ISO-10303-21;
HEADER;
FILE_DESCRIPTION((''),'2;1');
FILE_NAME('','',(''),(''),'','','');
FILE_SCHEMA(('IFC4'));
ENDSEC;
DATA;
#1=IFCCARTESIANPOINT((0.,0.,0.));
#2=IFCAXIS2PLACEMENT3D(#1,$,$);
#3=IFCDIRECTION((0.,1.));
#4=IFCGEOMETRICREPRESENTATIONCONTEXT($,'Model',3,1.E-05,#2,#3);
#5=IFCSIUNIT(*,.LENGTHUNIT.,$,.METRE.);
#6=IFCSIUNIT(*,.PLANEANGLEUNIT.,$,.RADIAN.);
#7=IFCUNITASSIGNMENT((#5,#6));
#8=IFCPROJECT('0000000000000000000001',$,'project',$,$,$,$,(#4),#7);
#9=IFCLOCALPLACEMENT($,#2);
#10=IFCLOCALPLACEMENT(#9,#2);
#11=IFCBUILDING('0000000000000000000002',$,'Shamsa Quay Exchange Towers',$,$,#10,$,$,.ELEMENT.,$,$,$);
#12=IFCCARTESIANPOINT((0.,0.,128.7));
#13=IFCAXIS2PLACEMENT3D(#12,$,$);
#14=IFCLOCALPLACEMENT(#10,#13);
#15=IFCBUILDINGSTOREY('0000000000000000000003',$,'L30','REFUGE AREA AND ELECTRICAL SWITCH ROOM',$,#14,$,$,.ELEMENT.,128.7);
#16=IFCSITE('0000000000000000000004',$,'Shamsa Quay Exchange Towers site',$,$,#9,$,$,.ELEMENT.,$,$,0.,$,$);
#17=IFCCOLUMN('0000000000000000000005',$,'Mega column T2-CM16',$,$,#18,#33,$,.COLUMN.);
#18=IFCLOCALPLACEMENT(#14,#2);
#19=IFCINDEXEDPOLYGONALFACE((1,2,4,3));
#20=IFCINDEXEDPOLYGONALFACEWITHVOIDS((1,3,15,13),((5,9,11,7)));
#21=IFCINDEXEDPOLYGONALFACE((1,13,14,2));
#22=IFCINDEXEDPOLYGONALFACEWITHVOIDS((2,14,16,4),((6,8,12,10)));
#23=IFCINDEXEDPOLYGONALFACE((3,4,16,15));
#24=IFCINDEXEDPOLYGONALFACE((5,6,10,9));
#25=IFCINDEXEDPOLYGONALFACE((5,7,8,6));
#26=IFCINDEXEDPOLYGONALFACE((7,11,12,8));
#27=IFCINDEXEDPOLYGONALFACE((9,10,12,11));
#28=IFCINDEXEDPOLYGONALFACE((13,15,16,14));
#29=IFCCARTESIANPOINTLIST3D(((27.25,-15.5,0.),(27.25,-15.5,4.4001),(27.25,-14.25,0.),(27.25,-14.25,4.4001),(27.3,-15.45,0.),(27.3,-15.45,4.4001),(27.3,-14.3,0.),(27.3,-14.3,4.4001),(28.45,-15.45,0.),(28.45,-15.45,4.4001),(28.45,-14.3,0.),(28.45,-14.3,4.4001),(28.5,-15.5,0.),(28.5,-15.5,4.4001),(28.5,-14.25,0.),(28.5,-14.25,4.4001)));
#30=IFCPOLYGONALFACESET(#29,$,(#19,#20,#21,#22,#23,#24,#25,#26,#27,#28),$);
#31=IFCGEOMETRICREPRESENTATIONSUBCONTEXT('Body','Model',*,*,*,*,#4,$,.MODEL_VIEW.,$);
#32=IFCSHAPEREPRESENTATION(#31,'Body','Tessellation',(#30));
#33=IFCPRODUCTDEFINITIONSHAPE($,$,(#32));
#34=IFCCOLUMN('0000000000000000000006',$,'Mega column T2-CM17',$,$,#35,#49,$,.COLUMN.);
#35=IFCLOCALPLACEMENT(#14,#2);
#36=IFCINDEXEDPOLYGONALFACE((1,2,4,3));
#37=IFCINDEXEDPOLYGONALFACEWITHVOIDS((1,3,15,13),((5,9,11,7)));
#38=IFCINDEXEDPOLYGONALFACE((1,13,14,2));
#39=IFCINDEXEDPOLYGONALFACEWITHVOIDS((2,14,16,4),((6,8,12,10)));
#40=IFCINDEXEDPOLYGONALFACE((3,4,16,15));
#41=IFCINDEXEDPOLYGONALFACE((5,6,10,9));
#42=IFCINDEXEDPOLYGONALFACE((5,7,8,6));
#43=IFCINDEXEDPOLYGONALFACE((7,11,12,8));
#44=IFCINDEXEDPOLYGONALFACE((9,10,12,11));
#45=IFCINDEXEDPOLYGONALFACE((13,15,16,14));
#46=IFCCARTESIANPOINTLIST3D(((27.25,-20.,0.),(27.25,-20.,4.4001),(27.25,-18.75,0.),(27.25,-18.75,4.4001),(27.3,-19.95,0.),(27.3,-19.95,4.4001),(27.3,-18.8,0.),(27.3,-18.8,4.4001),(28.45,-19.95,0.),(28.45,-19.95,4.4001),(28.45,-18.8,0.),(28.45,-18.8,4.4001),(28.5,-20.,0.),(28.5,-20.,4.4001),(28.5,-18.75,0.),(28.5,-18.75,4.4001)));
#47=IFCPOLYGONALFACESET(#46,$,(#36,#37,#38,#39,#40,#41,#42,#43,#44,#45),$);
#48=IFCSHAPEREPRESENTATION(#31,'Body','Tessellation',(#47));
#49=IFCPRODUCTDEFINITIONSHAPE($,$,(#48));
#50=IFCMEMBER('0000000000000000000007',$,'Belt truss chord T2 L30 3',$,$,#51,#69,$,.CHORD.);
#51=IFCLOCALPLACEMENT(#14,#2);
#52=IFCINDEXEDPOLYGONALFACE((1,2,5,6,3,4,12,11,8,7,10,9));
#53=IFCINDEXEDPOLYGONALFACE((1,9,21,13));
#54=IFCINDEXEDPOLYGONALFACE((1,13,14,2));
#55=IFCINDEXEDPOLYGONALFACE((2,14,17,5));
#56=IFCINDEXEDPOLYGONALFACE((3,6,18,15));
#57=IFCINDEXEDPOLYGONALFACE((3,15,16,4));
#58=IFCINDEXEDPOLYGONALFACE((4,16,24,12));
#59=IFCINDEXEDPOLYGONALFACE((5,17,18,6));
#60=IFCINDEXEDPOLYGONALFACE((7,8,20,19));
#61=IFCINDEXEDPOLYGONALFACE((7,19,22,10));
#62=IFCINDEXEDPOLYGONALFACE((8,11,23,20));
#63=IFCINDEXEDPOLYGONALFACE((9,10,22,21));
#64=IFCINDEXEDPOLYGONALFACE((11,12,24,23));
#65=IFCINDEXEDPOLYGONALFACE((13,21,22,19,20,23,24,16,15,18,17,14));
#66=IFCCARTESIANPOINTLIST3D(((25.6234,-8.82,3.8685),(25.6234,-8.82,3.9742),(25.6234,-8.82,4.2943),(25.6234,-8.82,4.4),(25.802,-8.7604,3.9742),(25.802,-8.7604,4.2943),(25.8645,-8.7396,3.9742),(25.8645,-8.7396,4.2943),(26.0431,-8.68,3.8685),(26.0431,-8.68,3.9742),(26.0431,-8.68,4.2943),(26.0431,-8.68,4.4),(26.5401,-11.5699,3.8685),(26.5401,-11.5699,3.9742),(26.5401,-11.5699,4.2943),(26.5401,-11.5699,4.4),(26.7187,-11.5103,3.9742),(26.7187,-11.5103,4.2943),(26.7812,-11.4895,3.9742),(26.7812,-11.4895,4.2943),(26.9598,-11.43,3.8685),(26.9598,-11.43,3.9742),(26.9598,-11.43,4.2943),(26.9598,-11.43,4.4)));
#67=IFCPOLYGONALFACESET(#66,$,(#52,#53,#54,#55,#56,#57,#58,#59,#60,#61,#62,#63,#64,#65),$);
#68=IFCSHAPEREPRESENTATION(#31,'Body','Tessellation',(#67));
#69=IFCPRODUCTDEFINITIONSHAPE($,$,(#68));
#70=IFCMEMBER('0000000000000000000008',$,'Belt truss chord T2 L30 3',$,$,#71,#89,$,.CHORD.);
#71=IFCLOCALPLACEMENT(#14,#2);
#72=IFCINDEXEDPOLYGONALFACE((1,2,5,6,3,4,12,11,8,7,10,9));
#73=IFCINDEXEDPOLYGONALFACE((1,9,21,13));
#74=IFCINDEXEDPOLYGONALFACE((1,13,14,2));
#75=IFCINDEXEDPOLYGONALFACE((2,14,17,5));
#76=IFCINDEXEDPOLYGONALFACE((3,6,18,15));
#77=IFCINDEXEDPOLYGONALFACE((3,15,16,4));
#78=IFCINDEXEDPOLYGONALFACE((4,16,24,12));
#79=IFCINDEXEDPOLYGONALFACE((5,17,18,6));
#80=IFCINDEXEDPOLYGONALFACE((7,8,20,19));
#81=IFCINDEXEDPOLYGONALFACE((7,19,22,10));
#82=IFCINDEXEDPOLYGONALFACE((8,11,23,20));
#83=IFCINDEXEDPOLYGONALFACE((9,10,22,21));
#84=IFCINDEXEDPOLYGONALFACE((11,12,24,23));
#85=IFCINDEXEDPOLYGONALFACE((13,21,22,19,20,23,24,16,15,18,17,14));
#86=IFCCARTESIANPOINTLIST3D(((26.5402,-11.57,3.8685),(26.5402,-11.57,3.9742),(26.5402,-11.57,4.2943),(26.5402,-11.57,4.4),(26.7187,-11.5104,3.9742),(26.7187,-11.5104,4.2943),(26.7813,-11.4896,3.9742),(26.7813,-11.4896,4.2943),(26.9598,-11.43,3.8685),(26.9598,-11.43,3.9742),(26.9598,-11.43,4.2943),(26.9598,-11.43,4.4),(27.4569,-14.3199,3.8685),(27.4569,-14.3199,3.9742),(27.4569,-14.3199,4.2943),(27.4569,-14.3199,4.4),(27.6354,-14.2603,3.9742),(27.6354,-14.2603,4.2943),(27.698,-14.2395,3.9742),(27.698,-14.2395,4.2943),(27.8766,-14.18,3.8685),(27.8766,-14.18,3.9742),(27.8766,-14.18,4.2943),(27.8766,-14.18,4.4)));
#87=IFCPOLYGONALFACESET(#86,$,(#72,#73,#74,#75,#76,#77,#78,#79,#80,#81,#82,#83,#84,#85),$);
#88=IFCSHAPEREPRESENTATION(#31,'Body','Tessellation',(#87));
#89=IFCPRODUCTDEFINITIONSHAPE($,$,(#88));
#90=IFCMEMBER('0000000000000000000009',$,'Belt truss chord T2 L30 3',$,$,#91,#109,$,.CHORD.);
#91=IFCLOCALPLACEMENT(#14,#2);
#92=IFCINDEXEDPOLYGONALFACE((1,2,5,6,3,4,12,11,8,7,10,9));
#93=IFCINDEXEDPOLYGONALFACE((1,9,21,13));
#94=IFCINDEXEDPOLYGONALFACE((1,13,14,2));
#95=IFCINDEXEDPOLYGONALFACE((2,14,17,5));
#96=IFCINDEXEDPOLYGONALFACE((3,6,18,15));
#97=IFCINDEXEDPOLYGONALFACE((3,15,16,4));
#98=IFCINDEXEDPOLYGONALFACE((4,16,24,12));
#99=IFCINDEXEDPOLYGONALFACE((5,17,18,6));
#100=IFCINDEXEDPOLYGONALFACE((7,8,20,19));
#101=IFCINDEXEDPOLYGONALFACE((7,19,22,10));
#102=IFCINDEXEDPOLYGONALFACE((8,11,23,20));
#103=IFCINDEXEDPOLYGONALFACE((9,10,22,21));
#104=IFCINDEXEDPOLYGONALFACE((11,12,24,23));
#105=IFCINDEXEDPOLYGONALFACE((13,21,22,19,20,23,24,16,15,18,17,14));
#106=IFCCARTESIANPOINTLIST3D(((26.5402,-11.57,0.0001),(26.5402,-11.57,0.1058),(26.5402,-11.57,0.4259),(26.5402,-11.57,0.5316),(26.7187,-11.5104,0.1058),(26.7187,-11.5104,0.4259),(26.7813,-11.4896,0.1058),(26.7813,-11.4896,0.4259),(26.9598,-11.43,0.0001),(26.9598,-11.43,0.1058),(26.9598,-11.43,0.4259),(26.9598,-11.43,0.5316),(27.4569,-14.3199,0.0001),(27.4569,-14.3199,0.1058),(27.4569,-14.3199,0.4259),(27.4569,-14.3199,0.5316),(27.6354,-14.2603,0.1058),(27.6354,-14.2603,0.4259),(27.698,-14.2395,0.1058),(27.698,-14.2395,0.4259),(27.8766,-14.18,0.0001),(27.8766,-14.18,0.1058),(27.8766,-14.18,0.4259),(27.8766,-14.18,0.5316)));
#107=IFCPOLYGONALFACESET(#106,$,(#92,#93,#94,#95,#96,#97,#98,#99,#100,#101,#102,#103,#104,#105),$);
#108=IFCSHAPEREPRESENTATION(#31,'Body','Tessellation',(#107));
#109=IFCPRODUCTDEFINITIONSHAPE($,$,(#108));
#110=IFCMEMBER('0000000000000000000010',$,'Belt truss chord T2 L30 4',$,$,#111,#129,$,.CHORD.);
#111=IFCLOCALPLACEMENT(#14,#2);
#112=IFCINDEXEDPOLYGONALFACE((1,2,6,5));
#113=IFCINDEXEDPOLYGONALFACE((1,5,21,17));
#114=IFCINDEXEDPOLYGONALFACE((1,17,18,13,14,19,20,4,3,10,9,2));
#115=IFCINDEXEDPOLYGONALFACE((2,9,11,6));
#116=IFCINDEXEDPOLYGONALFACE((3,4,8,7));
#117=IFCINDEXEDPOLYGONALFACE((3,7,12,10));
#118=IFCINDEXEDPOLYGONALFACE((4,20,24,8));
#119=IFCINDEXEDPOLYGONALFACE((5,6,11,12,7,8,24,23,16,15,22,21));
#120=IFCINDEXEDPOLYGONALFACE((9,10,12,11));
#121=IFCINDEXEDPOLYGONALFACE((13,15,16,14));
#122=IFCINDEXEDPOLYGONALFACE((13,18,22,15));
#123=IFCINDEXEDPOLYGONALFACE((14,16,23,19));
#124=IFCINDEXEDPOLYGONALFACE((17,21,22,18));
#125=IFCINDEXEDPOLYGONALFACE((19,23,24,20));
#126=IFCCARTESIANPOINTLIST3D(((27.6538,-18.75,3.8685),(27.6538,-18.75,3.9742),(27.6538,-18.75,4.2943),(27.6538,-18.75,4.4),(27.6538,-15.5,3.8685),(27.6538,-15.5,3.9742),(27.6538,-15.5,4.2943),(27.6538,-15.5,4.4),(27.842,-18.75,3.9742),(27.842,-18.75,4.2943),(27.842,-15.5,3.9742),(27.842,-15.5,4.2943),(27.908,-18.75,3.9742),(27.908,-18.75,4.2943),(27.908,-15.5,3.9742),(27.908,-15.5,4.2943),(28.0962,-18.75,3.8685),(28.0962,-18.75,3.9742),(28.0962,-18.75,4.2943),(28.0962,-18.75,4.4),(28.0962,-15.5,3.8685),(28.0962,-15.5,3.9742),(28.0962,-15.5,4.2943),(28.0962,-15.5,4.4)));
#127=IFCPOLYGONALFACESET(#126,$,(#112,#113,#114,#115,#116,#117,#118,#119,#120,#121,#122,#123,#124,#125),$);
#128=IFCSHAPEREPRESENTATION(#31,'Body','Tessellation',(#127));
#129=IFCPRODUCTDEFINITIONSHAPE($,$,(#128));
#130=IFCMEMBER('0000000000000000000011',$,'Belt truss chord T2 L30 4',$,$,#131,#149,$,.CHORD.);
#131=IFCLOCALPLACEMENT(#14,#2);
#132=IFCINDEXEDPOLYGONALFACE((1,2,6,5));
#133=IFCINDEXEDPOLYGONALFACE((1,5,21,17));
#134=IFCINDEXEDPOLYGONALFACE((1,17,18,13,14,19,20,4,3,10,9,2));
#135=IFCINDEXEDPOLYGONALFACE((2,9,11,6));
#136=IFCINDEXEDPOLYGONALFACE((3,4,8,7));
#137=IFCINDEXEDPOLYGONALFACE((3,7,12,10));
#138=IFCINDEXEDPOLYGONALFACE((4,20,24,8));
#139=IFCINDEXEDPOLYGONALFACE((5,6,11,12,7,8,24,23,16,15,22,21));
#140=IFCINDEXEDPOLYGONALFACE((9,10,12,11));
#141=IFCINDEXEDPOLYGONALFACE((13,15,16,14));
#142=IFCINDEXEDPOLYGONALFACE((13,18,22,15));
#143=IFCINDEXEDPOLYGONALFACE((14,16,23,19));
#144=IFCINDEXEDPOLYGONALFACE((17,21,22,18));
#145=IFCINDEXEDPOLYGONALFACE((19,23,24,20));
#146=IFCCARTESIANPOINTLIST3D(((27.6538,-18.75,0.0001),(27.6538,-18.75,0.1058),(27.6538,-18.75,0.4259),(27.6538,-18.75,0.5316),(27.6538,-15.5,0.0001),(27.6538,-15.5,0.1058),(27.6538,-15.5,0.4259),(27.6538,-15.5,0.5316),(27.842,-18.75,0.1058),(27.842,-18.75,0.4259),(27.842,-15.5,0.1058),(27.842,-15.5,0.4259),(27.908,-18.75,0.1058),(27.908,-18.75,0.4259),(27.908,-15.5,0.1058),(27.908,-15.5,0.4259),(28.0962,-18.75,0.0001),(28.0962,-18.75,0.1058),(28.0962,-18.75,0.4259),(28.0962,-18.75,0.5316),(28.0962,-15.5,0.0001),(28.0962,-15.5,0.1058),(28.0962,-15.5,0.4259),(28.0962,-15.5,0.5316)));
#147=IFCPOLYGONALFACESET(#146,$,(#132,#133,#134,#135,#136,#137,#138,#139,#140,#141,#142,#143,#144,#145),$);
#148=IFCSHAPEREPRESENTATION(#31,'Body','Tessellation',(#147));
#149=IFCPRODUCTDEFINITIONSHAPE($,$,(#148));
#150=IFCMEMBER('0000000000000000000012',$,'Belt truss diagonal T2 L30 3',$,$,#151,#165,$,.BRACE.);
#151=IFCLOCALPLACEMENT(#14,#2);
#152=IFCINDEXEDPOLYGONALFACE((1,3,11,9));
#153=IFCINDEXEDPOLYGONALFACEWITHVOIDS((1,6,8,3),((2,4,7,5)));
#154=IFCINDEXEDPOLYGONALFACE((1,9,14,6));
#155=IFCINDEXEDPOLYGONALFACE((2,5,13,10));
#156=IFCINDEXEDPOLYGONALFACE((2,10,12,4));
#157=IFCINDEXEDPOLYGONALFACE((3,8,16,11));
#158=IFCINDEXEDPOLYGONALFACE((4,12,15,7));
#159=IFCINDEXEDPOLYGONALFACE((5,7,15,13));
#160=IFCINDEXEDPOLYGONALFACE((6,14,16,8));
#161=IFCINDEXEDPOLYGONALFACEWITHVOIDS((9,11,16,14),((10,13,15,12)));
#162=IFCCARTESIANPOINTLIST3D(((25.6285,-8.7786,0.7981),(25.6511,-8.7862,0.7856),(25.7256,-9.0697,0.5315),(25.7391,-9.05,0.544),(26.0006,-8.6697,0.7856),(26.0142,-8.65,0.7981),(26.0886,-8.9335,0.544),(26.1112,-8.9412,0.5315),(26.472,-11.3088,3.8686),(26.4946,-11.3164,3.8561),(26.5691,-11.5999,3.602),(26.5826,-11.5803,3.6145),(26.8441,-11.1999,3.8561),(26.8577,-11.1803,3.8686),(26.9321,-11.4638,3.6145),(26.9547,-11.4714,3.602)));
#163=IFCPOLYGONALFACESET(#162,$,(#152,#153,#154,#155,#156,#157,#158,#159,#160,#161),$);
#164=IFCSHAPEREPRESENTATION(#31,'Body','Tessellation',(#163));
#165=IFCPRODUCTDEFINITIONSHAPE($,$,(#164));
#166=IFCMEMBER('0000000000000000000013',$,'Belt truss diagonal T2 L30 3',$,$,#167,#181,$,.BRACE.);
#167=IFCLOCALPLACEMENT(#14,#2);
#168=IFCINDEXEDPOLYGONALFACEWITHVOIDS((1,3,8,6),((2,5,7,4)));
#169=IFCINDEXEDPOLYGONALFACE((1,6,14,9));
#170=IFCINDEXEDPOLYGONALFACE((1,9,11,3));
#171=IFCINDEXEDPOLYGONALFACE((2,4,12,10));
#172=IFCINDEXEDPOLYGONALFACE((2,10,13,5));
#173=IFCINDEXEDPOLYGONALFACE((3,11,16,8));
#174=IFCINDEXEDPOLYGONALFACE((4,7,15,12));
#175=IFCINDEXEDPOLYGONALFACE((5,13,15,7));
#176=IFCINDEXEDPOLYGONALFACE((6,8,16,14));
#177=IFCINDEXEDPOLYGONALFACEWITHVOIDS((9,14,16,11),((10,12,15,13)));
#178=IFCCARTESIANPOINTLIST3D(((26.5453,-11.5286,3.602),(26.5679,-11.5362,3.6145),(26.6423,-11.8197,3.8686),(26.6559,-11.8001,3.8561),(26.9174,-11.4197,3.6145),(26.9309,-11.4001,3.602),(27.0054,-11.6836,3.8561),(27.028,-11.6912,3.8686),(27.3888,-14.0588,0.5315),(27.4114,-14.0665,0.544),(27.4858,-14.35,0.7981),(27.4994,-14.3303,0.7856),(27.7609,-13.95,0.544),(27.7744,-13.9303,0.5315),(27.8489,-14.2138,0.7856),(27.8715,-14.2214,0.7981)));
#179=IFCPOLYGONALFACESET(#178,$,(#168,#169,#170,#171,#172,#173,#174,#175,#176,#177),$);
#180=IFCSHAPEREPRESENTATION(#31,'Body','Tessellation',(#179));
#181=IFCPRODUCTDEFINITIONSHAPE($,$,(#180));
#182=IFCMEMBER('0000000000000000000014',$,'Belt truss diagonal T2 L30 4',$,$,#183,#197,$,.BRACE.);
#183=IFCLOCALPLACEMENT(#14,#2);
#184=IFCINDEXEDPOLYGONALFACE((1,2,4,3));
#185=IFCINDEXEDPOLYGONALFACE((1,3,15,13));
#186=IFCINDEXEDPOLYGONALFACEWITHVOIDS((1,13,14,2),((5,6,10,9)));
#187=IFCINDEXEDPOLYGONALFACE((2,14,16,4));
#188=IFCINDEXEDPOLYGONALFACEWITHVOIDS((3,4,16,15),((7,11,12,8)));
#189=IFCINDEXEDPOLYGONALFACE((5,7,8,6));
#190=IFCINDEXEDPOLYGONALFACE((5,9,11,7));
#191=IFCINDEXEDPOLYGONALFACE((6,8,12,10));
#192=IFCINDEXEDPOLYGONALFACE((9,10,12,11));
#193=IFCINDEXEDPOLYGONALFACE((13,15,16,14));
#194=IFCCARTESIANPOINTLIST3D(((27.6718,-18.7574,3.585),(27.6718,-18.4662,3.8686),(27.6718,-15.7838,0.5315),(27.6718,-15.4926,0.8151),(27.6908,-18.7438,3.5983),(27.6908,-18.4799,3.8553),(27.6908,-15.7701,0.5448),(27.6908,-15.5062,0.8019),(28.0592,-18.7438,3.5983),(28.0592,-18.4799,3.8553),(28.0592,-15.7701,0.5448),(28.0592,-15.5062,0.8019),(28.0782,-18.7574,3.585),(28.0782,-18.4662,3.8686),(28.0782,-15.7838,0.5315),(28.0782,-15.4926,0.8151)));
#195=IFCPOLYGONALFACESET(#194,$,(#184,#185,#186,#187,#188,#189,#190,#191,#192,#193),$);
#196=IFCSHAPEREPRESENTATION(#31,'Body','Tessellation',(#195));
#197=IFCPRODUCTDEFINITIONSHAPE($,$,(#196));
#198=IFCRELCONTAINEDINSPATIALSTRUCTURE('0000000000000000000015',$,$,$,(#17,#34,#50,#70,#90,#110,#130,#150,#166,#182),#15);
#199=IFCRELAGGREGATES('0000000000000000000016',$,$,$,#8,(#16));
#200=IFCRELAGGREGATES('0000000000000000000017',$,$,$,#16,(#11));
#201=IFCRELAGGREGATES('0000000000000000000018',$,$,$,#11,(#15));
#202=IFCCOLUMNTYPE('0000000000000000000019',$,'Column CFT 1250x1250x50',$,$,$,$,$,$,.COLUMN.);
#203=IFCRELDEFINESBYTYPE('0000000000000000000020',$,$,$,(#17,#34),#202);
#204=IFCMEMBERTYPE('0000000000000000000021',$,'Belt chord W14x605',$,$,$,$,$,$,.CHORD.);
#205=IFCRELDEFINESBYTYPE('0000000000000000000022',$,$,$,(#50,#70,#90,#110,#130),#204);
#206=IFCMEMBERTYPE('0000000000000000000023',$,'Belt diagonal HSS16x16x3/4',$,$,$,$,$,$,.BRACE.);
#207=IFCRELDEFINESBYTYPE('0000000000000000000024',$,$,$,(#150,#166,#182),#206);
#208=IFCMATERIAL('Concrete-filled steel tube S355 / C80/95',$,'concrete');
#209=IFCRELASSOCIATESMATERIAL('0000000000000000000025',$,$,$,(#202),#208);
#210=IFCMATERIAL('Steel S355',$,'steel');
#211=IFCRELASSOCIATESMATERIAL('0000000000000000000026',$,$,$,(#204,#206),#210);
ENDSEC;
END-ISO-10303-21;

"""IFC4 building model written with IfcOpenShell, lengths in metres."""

from ifc_helpers import new_model, si_unit, direction, frame, origin, origin_2d, place, context, subcontext, project, spatial, hollow_rectangle, i_section, extrude, material, material_profile, profile_set, type_object, element, save


model = new_model("IFC4")

# Units and contexts
model_context = context("Model", 3, precision=1e-05, world=origin(), true_north=direction((0.0, 1.0)))
body_context = subcontext(model_context, "Body", "Model", "MODEL_VIEW")
ifc_project = project(units=[si_unit("LENGTHUNIT", "METRE"), si_unit("PLANEANGLEUNIT", "RADIAN")], contexts=[model_context])

# Site, building, storey
site_placement = place(None, origin())
site = spatial("IfcSite", under=ifc_project, at=site_placement, Name="Shamsa Quay Exchange Towers site", CompositionType="ELEMENT", RefElevation=0.0)
building_placement = place(site_placement, origin())
building = spatial("IfcBuilding", under=site, at=building_placement, Name="Shamsa Quay Exchange Towers", CompositionType="ELEMENT")
storey_placement = place(building_placement, frame((0.0, 0.0, 128.7)))
storey = spatial("IfcBuildingStorey", under=building, at=storey_placement, Name="L30", Description="REFUGE AREA AND ELECTRICAL SWITCH ROOM", CompositionType="ELEMENT", Elevation=128.7)

# Columns
ifc_material_1 = material(Name="Concrete-filled steel tube S355 / C80/95", Category="concrete")
ifc_material_profile_1 = material_profile(ifc_material_1, hollow_rectangle(XDim=1.25, YDim=1.25, WallThickness=0.05, at=origin_2d()), Name="CFT 1250x1250x50")
ifc_profile_set_1 = profile_set([ifc_material_profile_1], Name="Concrete-filled steel tube S355 / C80/95")
column_type = type_object("IfcColumnType", Name="Column CFT 1250x1250x50", PredefinedType="COLUMN", material=ifc_profile_set_1)
for number, where, name in (
    (1, (27.875, -14.875, 0.0), "Mega column T2-CM16"),
    (2, (27.875, -19.375, 0.0), "Mega column T2-CM17"),
):
    element("IfcColumn", number, at=place(storey_placement, frame(where)), inside=storey, type_object=column_type, Name=name, PredefinedType="COLUMN", context=body_context, shape_type="SweptSolid", body=[
        extrude(hollow_rectangle(XDim=1.25, YDim=1.25, WallThickness=0.05, at=origin_2d()), origin(), (0.0, 0.0, 1.0), 4.4001),
    ])

# Members
ifc_material_2 = material(Name="Steel S355", Category="steel")
ifc_material_profile_2 = material_profile(ifc_material_2, i_section(OverallWidth=0.4424, OverallDepth=0.5315, WebThickness=0.0659, FlangeThickness=0.1057, at=origin_2d()), Name="W14x605")
ifc_profile_set_2 = profile_set([ifc_material_profile_2], Name="Steel S355")
member_type_1 = type_object("IfcMemberType", Name="Belt chord W14x605", PredefinedType="CHORD", material=ifc_profile_set_2)
for number, where, z_axis, x_axis, name in (
    (3, (25.8333, -8.75, 4.1343), (0.316253, -0.948675, 0.0), (0.948675, 0.316253, 0.0), "Belt truss chord T2 L30 3"),
    (4, (26.75, -11.5, 4.1343), (0.316253, -0.948675, 0.0), (0.948675, 0.316253, 0.0), "Belt truss chord T2 L30 3"),
    (5, (26.75, -11.5, 0.2659), (0.316253, -0.948675, 0.0), (0.948675, 0.316253, 0.0), "Belt truss chord T2 L30 3"),
):
    element("IfcMember", number, at=place(storey_placement, frame(where, z_axis=z_axis, x_axis=x_axis)), inside=storey, type_object=member_type_1, Name=name, PredefinedType="CHORD", context=body_context, shape_type="SweptSolid", body=[
        extrude(i_section(OverallWidth=0.4424, OverallDepth=0.5315, WebThickness=0.0659, FlangeThickness=0.1057, at=origin_2d()), origin(), (0.0, 0.0, 1.0), 2.8987),
    ])
for number, where, z_axis, x_axis, name in (
    (6, (27.875, -15.5, 4.1343), (0.0, -1.0, 0.0), (1.0, 0.0, 0.0), "Belt truss chord T2 L30 4"),
    (7, (27.875, -15.5, 0.2659), (0.0, -1.0, 0.0), (1.0, 0.0, 0.0), "Belt truss chord T2 L30 4"),
):
    element("IfcMember", number, at=place(storey_placement, frame(where, z_axis=z_axis, x_axis=x_axis)), inside=storey, type_object=member_type_1, Name=name, PredefinedType="CHORD", context=body_context, shape_type="SweptSolid", body=[
        extrude(i_section(OverallWidth=0.4424, OverallDepth=0.5315, WebThickness=0.0659, FlangeThickness=0.1057, at=origin_2d()), origin(), (0.0, 0.0, 1.0), 3.25),
    ])
ifc_material_profile_3 = material_profile(ifc_material_2, hollow_rectangle(XDim=0.4065, YDim=0.4065, WallThickness=0.019, at=origin_2d()), Name="HSS16x16x3/4")
ifc_profile_set_3 = profile_set([ifc_material_profile_3], Name="Steel S355")
member_type_2 = type_object("IfcMemberType", Name="Belt diagonal HSS16x16x3/4", PredefinedType="BRACE", material=ifc_profile_set_3)
for number, where, z_axis, x_axis, name in (
    (8, (25.8699, -8.8599, 0.6648), (0.207392, -0.622117, 0.754956), (0.948674, 0.316255, 0.0), "Belt truss diagonal T2 L30 3"),
    (9, (27.6301, -14.1401, 0.6648), (-0.207392, 0.622117, 0.754956), (-0.948674, -0.316255, 0.0), "Belt truss diagonal T2 L30 3"),
):
    element("IfcMember", number, at=place(storey_placement, frame(where, z_axis=z_axis, x_axis=x_axis)), inside=storey, type_object=member_type_2, Name=name, PredefinedType="BRACE", context=body_context, shape_type="SweptSolid", body=[
        extrude(hollow_rectangle(XDim=0.4065, YDim=0.4065, WallThickness=0.019, at=origin_2d()), origin(), (0.0, 0.0, 1.0), 4.0671),
    ])
member_placement = place(storey_placement, frame((27.875, -15.6382, 0.6733), z_axis=(0.0, -0.697679, 0.71641), x_axis=(1.0, 0.0, 0.0)))
element("IfcMember", 10, at=member_placement, inside=storey, type_object=member_type_2, Name="Belt truss diagonal T2 L30 4", PredefinedType="BRACE", context=body_context, shape_type="SweptSolid", body=[
    extrude(hollow_rectangle(XDim=0.4065, YDim=0.4065, WallThickness=0.019, at=origin_2d()), origin(), (0.0, 0.0, 1.0), 4.2622),
])

save(model, "model.ifc")
